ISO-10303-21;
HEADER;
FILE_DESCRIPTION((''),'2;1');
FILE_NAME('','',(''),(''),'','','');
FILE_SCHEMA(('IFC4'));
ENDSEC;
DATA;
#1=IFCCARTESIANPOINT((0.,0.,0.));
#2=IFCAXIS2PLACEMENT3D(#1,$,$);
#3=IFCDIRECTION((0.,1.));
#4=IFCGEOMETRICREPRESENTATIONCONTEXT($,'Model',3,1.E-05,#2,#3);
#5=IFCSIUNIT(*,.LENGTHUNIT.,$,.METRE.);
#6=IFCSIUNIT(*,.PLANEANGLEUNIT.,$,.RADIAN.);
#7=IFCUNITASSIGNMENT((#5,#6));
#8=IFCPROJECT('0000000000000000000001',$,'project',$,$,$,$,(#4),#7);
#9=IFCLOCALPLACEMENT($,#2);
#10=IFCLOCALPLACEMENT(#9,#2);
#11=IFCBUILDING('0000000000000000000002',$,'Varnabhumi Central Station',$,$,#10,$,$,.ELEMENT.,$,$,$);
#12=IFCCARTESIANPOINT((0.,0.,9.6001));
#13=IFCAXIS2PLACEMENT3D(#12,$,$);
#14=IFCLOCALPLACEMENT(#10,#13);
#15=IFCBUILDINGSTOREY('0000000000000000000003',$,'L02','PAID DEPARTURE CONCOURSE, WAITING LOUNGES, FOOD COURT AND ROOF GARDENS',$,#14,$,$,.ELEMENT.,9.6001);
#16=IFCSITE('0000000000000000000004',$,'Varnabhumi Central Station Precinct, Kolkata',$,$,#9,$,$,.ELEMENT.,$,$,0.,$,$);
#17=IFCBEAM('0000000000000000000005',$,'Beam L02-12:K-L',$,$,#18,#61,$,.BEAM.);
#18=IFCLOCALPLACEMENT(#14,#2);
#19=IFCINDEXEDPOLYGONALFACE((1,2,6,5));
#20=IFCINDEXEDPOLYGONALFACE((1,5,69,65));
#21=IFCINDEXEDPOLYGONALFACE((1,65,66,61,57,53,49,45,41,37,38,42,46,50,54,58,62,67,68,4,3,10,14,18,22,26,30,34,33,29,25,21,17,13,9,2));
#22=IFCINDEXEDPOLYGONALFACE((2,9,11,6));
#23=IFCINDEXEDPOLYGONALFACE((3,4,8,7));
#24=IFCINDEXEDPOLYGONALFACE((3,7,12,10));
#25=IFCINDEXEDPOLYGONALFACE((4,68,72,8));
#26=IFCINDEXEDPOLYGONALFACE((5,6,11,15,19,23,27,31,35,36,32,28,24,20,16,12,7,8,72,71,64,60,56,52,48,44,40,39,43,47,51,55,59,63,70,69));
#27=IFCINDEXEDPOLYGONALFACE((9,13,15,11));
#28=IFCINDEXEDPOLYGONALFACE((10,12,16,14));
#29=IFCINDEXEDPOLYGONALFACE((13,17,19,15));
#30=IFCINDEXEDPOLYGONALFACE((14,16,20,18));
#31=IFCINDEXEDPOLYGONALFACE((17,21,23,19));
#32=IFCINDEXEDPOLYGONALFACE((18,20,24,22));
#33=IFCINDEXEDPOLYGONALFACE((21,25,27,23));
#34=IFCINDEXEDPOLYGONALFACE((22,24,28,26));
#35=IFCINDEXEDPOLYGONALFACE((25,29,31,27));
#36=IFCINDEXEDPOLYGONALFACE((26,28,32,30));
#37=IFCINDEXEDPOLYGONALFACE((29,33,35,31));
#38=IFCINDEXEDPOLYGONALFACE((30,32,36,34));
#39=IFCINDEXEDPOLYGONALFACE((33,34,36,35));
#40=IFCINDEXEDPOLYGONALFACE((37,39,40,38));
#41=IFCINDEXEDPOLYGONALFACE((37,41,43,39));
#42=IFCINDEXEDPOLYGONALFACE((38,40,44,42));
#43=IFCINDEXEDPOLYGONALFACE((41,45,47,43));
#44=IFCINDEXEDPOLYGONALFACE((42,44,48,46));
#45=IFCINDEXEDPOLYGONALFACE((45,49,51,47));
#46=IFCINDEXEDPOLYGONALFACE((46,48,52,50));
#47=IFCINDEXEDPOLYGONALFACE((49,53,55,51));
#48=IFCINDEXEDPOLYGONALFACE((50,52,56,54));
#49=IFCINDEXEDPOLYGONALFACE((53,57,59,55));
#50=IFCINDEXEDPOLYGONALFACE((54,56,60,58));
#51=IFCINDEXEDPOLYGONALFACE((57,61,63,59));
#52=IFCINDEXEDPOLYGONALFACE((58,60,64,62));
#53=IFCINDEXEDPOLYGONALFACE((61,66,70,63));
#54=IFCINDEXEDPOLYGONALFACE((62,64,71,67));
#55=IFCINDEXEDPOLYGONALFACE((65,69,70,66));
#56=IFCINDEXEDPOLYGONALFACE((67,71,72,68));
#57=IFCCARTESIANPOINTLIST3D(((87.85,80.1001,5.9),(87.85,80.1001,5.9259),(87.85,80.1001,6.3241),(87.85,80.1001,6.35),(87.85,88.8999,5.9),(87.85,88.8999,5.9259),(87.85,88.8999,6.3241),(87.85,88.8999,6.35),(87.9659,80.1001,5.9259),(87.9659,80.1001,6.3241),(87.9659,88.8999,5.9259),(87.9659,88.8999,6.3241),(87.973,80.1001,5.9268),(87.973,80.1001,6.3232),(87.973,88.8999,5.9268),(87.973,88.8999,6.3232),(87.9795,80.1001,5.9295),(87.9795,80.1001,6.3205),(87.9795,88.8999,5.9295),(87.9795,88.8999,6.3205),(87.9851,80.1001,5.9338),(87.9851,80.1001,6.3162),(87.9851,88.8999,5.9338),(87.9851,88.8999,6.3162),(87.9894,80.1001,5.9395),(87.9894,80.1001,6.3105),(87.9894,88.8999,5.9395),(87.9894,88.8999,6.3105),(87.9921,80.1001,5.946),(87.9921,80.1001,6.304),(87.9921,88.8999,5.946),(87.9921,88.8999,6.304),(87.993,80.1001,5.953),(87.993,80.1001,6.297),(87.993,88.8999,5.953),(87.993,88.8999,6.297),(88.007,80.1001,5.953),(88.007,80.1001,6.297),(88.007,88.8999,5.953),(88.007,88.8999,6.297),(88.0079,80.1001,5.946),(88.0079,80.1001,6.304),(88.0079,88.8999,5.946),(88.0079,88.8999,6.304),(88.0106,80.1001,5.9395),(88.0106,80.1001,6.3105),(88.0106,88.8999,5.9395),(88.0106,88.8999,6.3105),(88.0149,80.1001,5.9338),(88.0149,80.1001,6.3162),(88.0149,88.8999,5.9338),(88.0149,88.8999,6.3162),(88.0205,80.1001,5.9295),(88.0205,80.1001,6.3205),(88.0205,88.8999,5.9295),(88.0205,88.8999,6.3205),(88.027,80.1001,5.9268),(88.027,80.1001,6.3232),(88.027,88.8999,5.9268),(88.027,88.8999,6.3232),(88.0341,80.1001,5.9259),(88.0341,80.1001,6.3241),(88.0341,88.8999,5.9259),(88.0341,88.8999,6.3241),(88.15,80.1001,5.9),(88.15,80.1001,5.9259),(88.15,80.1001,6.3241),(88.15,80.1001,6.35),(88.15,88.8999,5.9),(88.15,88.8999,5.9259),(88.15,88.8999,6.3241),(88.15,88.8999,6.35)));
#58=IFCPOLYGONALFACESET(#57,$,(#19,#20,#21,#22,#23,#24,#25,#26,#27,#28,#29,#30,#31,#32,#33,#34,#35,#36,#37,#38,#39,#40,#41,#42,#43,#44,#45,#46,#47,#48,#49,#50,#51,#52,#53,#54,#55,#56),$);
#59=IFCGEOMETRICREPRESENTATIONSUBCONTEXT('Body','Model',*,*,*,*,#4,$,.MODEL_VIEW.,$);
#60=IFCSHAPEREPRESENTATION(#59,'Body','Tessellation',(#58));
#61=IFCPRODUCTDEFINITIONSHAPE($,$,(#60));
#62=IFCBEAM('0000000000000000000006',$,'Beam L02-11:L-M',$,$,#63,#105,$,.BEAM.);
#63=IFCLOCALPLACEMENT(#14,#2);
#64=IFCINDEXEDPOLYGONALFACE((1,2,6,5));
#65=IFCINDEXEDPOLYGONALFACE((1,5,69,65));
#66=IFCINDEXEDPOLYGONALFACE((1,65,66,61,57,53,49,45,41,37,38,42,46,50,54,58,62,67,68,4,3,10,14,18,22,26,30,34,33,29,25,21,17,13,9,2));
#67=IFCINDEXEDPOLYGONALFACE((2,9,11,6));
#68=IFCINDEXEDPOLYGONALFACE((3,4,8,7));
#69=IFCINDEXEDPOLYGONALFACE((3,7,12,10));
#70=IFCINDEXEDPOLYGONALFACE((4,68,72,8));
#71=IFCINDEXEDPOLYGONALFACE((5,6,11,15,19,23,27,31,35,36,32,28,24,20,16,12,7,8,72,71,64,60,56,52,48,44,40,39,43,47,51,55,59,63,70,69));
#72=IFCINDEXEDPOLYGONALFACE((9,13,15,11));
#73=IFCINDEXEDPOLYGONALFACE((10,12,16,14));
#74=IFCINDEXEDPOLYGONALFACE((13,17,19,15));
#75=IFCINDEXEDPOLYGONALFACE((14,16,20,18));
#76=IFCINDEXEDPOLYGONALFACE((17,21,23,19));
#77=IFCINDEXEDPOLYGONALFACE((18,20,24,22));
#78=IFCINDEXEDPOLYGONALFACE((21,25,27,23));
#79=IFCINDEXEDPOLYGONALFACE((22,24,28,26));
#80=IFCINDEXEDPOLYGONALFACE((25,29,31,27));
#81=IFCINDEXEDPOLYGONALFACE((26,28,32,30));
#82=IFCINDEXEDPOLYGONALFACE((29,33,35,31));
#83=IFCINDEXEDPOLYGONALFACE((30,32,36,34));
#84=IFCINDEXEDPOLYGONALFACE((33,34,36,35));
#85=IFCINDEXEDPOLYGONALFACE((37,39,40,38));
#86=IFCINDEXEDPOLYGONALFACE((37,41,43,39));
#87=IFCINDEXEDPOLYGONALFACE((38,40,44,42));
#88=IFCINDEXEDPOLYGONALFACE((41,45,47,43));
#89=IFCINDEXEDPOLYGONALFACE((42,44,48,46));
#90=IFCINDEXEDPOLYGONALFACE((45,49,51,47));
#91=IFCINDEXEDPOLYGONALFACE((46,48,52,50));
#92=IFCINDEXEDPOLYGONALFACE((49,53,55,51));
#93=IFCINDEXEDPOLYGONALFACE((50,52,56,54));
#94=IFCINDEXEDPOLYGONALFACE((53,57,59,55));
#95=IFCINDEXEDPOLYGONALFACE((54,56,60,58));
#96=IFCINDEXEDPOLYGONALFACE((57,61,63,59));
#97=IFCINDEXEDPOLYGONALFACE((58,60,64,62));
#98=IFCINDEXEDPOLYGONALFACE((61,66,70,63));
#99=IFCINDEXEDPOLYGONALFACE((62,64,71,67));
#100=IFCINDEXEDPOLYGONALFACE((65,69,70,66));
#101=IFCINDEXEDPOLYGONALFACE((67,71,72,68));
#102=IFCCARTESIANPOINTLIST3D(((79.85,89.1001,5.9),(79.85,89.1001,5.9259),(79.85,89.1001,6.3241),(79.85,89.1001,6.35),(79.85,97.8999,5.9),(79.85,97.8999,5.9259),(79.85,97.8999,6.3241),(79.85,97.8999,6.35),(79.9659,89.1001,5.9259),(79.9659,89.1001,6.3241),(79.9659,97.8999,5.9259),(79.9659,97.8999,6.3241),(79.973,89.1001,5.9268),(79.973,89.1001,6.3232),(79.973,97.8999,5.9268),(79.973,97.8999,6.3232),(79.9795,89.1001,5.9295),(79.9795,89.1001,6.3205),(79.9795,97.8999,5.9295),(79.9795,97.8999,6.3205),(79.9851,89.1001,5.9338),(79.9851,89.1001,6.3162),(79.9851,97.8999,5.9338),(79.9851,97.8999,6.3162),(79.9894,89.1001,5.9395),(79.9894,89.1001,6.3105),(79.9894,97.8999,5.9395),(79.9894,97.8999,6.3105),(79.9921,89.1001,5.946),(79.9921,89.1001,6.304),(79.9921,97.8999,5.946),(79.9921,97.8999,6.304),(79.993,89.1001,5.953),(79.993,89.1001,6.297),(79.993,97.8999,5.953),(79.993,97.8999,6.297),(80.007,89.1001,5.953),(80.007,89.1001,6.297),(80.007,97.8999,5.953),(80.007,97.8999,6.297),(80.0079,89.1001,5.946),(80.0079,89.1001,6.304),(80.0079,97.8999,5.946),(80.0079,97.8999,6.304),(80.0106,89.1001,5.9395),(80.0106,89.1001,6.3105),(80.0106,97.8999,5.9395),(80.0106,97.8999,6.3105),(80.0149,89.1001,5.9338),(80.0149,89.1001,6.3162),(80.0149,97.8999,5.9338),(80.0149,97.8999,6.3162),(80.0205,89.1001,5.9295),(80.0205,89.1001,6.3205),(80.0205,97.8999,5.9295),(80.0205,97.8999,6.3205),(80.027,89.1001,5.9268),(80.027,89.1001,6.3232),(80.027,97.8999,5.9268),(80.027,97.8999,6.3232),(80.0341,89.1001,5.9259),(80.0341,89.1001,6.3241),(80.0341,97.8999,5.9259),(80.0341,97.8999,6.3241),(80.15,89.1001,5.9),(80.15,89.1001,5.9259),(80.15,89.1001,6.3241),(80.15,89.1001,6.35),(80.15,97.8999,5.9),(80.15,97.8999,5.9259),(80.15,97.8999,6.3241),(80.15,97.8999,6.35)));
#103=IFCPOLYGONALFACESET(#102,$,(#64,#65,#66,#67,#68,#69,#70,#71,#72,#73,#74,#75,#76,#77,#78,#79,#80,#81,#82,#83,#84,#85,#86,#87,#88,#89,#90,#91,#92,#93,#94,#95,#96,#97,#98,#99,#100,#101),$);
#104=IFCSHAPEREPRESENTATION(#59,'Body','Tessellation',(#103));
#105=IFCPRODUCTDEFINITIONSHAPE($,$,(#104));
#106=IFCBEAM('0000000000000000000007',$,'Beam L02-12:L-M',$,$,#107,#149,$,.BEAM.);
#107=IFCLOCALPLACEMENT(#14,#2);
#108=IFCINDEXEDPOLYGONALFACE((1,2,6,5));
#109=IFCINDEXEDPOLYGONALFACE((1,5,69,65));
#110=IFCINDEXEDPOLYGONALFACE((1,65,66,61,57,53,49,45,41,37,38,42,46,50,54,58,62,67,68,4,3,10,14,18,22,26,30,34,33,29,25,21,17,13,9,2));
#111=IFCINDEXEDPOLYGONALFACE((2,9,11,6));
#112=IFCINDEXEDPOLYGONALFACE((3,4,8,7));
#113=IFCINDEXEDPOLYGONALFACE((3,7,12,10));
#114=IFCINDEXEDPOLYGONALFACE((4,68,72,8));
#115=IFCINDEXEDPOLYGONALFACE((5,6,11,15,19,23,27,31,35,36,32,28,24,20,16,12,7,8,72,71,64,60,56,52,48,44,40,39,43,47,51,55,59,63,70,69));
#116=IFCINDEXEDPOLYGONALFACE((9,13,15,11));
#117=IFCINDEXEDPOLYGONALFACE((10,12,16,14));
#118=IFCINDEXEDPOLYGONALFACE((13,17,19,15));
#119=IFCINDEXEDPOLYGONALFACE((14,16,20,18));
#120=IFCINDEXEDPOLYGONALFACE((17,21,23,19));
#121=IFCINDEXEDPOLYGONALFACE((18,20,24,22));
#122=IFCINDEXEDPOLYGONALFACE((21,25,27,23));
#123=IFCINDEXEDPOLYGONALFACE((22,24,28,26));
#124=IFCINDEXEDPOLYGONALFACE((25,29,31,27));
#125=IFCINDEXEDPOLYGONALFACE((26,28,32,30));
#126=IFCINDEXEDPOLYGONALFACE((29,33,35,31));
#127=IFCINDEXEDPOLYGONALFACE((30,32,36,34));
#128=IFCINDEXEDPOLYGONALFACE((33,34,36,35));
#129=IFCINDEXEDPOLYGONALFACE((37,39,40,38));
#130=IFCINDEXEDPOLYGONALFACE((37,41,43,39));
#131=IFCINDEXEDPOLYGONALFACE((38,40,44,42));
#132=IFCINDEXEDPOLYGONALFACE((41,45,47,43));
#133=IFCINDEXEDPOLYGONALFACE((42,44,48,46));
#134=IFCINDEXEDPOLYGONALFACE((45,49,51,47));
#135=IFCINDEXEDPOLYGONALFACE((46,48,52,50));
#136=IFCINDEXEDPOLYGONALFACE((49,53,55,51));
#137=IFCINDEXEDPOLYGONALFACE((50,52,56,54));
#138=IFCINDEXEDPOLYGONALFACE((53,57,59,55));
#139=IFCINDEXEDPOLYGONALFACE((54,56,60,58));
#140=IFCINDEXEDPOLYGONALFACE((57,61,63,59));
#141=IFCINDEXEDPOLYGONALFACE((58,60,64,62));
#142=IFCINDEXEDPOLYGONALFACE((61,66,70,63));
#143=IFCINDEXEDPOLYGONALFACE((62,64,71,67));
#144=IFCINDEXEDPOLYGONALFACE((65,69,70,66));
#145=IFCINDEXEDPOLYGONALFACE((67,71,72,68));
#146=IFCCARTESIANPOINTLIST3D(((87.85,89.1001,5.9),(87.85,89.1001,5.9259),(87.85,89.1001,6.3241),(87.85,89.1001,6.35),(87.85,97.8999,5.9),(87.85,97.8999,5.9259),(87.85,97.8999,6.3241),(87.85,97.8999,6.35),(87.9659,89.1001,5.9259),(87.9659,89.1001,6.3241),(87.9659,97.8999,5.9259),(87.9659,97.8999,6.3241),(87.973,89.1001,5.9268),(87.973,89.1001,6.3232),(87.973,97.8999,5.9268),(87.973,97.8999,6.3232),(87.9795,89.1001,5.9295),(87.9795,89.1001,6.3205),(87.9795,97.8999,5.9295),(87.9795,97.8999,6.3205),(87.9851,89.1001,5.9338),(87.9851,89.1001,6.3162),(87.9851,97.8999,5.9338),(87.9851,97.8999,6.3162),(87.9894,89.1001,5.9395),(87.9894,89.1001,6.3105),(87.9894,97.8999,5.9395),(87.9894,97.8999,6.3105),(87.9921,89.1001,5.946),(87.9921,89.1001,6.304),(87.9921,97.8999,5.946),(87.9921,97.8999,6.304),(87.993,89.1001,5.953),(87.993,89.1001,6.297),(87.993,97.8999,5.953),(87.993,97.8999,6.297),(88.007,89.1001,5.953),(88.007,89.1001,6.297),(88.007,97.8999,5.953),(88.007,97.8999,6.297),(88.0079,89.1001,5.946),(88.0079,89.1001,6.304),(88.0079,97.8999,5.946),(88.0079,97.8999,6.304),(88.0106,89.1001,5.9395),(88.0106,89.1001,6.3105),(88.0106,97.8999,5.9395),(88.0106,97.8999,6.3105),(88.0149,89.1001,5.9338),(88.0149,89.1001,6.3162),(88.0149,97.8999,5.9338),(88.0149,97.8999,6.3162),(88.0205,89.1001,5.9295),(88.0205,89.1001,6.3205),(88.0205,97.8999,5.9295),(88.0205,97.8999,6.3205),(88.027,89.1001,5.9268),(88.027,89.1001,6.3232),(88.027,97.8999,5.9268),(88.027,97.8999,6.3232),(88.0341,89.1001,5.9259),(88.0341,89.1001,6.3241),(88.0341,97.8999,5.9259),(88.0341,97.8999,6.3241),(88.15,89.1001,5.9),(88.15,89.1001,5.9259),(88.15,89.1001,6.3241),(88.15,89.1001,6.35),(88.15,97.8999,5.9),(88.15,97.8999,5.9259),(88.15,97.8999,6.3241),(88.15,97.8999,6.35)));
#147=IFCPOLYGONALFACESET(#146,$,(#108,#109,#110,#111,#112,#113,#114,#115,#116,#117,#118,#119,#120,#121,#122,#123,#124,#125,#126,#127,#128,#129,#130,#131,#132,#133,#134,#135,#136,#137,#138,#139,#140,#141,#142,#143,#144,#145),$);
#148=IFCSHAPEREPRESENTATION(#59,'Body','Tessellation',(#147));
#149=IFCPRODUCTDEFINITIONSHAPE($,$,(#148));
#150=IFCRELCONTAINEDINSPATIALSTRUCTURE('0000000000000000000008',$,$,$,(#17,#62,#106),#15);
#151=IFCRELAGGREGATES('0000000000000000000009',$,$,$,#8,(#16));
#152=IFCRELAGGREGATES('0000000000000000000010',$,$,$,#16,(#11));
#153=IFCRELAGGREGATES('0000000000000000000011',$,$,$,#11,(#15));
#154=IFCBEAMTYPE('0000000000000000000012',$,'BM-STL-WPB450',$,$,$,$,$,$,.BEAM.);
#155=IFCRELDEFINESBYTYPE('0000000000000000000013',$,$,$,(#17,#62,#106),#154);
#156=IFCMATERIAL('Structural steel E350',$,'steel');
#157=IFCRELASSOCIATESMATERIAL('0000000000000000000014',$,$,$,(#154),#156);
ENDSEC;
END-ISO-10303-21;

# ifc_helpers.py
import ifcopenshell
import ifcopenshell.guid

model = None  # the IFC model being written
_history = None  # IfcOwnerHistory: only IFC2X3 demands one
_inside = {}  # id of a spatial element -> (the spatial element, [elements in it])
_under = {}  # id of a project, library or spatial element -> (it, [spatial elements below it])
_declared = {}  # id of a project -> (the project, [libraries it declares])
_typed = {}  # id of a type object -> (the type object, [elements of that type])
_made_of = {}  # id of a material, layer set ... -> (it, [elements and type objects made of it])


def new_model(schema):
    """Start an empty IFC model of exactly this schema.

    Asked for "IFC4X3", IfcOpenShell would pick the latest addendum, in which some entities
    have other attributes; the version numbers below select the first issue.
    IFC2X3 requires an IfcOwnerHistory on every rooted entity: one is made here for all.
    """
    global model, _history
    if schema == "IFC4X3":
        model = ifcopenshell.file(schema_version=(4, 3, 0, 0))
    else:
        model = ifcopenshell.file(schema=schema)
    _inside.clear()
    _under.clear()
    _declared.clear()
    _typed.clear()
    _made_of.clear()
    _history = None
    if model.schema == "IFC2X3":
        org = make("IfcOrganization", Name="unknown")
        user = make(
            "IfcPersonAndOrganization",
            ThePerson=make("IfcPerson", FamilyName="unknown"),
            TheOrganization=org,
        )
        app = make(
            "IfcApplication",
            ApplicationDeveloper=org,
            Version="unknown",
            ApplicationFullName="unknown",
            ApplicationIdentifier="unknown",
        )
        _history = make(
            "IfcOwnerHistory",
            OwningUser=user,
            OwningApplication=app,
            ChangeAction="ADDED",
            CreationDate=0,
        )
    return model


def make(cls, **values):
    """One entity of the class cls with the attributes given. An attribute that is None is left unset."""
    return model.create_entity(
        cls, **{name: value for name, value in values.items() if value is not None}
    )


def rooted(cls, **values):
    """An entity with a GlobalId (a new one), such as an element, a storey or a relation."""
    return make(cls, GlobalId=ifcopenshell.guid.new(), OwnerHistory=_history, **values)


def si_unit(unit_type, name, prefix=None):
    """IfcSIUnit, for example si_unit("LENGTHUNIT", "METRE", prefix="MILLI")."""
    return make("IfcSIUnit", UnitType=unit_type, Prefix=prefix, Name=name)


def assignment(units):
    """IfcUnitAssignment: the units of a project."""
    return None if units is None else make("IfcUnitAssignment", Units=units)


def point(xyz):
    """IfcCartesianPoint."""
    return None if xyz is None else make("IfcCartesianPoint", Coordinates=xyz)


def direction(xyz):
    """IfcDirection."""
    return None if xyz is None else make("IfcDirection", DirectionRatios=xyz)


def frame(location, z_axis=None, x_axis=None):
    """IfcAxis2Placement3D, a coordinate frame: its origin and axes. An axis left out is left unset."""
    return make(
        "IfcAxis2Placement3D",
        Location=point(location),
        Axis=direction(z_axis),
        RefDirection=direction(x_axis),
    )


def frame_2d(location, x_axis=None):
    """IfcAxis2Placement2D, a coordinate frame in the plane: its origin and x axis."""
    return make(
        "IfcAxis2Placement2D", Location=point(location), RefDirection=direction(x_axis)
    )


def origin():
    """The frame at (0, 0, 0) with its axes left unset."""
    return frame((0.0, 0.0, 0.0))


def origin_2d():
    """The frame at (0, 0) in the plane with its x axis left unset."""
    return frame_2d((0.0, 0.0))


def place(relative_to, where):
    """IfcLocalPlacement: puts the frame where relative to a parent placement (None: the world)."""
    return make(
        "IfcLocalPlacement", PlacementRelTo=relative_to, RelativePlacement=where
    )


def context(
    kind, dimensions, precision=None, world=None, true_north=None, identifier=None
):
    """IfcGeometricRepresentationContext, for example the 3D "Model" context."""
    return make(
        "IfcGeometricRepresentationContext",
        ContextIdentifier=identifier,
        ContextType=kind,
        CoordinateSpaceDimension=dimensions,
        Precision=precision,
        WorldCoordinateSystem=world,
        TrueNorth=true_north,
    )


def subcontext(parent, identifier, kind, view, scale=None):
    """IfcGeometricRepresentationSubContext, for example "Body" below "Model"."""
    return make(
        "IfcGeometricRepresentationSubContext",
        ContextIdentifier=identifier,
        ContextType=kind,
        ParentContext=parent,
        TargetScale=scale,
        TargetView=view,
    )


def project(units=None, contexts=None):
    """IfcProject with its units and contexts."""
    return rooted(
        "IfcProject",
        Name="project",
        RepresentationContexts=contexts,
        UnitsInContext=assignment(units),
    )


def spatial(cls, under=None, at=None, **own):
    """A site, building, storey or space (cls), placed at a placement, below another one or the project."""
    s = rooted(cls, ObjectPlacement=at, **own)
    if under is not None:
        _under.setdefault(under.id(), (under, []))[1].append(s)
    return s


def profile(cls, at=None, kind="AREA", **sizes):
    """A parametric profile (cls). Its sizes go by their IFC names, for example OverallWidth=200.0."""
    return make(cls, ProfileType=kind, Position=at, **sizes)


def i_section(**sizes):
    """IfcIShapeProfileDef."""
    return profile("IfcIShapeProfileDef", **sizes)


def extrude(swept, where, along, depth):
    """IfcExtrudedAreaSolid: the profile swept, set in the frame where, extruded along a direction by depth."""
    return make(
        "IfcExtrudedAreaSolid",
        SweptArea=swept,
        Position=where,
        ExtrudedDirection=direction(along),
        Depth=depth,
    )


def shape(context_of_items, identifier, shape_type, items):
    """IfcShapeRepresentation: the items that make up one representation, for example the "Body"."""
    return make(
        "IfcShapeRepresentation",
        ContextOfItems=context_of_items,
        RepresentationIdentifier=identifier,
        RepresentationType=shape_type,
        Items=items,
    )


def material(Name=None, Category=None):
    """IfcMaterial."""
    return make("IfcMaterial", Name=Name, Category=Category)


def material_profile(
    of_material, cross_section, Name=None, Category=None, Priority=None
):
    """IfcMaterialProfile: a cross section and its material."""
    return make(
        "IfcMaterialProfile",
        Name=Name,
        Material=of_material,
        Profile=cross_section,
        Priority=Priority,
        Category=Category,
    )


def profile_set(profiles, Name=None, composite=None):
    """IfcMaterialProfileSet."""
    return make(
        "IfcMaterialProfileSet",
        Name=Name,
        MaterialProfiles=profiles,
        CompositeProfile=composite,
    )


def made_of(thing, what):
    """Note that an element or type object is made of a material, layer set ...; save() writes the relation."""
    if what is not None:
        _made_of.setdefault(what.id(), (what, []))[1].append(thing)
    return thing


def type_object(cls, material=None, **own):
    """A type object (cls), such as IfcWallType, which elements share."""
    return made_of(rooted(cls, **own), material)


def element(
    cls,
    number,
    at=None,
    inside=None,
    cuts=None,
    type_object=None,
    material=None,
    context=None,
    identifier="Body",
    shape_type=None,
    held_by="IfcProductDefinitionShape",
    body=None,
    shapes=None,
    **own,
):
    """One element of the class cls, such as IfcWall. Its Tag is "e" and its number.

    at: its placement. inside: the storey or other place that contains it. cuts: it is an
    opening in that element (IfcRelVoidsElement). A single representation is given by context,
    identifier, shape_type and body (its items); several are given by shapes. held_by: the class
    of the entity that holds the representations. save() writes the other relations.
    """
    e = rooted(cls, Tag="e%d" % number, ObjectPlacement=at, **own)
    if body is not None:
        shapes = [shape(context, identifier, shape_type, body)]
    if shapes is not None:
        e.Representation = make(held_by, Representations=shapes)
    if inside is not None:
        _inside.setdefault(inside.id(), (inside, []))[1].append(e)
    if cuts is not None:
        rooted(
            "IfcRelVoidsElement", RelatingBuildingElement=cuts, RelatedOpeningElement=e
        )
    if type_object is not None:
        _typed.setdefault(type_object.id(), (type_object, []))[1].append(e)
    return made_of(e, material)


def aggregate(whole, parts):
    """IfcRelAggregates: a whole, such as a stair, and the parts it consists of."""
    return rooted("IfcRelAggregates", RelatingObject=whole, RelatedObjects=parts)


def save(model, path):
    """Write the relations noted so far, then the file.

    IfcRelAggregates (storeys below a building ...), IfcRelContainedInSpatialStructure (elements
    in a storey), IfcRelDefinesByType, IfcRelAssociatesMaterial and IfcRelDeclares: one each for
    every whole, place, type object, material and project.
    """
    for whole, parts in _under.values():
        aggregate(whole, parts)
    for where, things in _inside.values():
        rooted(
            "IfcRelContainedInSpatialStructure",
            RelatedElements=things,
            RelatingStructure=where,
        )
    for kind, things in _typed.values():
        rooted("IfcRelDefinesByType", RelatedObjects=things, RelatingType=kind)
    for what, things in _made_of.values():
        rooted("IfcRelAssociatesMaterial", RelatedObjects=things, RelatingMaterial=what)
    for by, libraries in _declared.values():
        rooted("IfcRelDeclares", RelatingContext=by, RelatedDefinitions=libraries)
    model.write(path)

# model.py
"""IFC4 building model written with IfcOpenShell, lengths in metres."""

from ifc_helpers import new_model, si_unit, direction, frame, origin, origin_2d, place, context, subcontext, project, spatial, i_section, extrude, material, material_profile, profile_set, type_object, element, save


model = new_model("IFC4")

# Units and contexts
model_context = context("Model", 3, precision=1e-05, world=origin(), true_north=direction((0.0, 1.0)))
body_context = subcontext(model_context, "Body", "Model", "MODEL_VIEW")
ifc_project = project(units=[si_unit("LENGTHUNIT", "METRE"), si_unit("PLANEANGLEUNIT", "RADIAN")], contexts=[model_context])

# Site, building, storey
site_placement = place(None, origin())
site = spatial("IfcSite", under=ifc_project, at=site_placement, Name="Varnabhumi Central Station Precinct, Kolkata", CompositionType="ELEMENT", RefElevation=0.0)
building_placement = place(site_placement, origin())
building = spatial("IfcBuilding", under=site, at=building_placement, Name="Varnabhumi Central Station", CompositionType="ELEMENT")
storey_placement = place(building_placement, frame((0.0, 0.0, 9.6001)))
storey = spatial("IfcBuildingStorey", under=building, at=storey_placement, Name="L02", Description="PAID DEPARTURE CONCOURSE, WAITING LOUNGES, FOOD COURT AND ROOF GARDENS", CompositionType="ELEMENT", Elevation=9.6001)

# Beams
ifc_material_1 = material(Name="Structural steel E350", Category="steel")
ifc_material_profile_1 = material_profile(ifc_material_1, i_section(OverallWidth=0.3, OverallDepth=0.45, WebThickness=0.0139, FlangeThickness=0.0259, FilletRadius=0.0271, at=origin_2d()), Name="Structural steel E350", Category="steel")
ifc_profile_set_1 = profile_set([ifc_material_profile_1], Name="Structural steel E350")
beam_type_1 = type_object("IfcBeamType", Name="BM-STL-WPB450", PredefinedType="BEAM", material=ifc_profile_set_1)
for number, where, z_axis, x_axis, name in (
    (1, (88.0, 80.1001, 6.125), (0.0, 1.0, 0.0), (-1.0, 0.0, 0.0), "Beam L02-12:K-L"),
    (2, (80.0, 89.1001, 6.125), (0.0, 1.0, 0.0), (-1.0, 0.0, 0.0), "Beam L02-11:L-M"),
    (3, (88.0, 89.1001, 6.125), (0.0, 1.0, 0.0), (-1.0, 0.0, 0.0), "Beam L02-12:L-M"),
):
    element("IfcBeam", number, at=place(storey_placement, frame(where, z_axis=z_axis, x_axis=x_axis)), inside=storey, type_object=beam_type_1, Name=name, PredefinedType="BEAM", context=body_context, shape_type="SweptSolid", body=[
        extrude(i_section(OverallWidth=0.3, OverallDepth=0.45, WebThickness=0.0139, FlangeThickness=0.0259, FilletRadius=0.0271, at=origin_2d()), origin(), (0.0, 0.0, 1.0), 8.7998),
    ])

save(model, "model.ifc")
